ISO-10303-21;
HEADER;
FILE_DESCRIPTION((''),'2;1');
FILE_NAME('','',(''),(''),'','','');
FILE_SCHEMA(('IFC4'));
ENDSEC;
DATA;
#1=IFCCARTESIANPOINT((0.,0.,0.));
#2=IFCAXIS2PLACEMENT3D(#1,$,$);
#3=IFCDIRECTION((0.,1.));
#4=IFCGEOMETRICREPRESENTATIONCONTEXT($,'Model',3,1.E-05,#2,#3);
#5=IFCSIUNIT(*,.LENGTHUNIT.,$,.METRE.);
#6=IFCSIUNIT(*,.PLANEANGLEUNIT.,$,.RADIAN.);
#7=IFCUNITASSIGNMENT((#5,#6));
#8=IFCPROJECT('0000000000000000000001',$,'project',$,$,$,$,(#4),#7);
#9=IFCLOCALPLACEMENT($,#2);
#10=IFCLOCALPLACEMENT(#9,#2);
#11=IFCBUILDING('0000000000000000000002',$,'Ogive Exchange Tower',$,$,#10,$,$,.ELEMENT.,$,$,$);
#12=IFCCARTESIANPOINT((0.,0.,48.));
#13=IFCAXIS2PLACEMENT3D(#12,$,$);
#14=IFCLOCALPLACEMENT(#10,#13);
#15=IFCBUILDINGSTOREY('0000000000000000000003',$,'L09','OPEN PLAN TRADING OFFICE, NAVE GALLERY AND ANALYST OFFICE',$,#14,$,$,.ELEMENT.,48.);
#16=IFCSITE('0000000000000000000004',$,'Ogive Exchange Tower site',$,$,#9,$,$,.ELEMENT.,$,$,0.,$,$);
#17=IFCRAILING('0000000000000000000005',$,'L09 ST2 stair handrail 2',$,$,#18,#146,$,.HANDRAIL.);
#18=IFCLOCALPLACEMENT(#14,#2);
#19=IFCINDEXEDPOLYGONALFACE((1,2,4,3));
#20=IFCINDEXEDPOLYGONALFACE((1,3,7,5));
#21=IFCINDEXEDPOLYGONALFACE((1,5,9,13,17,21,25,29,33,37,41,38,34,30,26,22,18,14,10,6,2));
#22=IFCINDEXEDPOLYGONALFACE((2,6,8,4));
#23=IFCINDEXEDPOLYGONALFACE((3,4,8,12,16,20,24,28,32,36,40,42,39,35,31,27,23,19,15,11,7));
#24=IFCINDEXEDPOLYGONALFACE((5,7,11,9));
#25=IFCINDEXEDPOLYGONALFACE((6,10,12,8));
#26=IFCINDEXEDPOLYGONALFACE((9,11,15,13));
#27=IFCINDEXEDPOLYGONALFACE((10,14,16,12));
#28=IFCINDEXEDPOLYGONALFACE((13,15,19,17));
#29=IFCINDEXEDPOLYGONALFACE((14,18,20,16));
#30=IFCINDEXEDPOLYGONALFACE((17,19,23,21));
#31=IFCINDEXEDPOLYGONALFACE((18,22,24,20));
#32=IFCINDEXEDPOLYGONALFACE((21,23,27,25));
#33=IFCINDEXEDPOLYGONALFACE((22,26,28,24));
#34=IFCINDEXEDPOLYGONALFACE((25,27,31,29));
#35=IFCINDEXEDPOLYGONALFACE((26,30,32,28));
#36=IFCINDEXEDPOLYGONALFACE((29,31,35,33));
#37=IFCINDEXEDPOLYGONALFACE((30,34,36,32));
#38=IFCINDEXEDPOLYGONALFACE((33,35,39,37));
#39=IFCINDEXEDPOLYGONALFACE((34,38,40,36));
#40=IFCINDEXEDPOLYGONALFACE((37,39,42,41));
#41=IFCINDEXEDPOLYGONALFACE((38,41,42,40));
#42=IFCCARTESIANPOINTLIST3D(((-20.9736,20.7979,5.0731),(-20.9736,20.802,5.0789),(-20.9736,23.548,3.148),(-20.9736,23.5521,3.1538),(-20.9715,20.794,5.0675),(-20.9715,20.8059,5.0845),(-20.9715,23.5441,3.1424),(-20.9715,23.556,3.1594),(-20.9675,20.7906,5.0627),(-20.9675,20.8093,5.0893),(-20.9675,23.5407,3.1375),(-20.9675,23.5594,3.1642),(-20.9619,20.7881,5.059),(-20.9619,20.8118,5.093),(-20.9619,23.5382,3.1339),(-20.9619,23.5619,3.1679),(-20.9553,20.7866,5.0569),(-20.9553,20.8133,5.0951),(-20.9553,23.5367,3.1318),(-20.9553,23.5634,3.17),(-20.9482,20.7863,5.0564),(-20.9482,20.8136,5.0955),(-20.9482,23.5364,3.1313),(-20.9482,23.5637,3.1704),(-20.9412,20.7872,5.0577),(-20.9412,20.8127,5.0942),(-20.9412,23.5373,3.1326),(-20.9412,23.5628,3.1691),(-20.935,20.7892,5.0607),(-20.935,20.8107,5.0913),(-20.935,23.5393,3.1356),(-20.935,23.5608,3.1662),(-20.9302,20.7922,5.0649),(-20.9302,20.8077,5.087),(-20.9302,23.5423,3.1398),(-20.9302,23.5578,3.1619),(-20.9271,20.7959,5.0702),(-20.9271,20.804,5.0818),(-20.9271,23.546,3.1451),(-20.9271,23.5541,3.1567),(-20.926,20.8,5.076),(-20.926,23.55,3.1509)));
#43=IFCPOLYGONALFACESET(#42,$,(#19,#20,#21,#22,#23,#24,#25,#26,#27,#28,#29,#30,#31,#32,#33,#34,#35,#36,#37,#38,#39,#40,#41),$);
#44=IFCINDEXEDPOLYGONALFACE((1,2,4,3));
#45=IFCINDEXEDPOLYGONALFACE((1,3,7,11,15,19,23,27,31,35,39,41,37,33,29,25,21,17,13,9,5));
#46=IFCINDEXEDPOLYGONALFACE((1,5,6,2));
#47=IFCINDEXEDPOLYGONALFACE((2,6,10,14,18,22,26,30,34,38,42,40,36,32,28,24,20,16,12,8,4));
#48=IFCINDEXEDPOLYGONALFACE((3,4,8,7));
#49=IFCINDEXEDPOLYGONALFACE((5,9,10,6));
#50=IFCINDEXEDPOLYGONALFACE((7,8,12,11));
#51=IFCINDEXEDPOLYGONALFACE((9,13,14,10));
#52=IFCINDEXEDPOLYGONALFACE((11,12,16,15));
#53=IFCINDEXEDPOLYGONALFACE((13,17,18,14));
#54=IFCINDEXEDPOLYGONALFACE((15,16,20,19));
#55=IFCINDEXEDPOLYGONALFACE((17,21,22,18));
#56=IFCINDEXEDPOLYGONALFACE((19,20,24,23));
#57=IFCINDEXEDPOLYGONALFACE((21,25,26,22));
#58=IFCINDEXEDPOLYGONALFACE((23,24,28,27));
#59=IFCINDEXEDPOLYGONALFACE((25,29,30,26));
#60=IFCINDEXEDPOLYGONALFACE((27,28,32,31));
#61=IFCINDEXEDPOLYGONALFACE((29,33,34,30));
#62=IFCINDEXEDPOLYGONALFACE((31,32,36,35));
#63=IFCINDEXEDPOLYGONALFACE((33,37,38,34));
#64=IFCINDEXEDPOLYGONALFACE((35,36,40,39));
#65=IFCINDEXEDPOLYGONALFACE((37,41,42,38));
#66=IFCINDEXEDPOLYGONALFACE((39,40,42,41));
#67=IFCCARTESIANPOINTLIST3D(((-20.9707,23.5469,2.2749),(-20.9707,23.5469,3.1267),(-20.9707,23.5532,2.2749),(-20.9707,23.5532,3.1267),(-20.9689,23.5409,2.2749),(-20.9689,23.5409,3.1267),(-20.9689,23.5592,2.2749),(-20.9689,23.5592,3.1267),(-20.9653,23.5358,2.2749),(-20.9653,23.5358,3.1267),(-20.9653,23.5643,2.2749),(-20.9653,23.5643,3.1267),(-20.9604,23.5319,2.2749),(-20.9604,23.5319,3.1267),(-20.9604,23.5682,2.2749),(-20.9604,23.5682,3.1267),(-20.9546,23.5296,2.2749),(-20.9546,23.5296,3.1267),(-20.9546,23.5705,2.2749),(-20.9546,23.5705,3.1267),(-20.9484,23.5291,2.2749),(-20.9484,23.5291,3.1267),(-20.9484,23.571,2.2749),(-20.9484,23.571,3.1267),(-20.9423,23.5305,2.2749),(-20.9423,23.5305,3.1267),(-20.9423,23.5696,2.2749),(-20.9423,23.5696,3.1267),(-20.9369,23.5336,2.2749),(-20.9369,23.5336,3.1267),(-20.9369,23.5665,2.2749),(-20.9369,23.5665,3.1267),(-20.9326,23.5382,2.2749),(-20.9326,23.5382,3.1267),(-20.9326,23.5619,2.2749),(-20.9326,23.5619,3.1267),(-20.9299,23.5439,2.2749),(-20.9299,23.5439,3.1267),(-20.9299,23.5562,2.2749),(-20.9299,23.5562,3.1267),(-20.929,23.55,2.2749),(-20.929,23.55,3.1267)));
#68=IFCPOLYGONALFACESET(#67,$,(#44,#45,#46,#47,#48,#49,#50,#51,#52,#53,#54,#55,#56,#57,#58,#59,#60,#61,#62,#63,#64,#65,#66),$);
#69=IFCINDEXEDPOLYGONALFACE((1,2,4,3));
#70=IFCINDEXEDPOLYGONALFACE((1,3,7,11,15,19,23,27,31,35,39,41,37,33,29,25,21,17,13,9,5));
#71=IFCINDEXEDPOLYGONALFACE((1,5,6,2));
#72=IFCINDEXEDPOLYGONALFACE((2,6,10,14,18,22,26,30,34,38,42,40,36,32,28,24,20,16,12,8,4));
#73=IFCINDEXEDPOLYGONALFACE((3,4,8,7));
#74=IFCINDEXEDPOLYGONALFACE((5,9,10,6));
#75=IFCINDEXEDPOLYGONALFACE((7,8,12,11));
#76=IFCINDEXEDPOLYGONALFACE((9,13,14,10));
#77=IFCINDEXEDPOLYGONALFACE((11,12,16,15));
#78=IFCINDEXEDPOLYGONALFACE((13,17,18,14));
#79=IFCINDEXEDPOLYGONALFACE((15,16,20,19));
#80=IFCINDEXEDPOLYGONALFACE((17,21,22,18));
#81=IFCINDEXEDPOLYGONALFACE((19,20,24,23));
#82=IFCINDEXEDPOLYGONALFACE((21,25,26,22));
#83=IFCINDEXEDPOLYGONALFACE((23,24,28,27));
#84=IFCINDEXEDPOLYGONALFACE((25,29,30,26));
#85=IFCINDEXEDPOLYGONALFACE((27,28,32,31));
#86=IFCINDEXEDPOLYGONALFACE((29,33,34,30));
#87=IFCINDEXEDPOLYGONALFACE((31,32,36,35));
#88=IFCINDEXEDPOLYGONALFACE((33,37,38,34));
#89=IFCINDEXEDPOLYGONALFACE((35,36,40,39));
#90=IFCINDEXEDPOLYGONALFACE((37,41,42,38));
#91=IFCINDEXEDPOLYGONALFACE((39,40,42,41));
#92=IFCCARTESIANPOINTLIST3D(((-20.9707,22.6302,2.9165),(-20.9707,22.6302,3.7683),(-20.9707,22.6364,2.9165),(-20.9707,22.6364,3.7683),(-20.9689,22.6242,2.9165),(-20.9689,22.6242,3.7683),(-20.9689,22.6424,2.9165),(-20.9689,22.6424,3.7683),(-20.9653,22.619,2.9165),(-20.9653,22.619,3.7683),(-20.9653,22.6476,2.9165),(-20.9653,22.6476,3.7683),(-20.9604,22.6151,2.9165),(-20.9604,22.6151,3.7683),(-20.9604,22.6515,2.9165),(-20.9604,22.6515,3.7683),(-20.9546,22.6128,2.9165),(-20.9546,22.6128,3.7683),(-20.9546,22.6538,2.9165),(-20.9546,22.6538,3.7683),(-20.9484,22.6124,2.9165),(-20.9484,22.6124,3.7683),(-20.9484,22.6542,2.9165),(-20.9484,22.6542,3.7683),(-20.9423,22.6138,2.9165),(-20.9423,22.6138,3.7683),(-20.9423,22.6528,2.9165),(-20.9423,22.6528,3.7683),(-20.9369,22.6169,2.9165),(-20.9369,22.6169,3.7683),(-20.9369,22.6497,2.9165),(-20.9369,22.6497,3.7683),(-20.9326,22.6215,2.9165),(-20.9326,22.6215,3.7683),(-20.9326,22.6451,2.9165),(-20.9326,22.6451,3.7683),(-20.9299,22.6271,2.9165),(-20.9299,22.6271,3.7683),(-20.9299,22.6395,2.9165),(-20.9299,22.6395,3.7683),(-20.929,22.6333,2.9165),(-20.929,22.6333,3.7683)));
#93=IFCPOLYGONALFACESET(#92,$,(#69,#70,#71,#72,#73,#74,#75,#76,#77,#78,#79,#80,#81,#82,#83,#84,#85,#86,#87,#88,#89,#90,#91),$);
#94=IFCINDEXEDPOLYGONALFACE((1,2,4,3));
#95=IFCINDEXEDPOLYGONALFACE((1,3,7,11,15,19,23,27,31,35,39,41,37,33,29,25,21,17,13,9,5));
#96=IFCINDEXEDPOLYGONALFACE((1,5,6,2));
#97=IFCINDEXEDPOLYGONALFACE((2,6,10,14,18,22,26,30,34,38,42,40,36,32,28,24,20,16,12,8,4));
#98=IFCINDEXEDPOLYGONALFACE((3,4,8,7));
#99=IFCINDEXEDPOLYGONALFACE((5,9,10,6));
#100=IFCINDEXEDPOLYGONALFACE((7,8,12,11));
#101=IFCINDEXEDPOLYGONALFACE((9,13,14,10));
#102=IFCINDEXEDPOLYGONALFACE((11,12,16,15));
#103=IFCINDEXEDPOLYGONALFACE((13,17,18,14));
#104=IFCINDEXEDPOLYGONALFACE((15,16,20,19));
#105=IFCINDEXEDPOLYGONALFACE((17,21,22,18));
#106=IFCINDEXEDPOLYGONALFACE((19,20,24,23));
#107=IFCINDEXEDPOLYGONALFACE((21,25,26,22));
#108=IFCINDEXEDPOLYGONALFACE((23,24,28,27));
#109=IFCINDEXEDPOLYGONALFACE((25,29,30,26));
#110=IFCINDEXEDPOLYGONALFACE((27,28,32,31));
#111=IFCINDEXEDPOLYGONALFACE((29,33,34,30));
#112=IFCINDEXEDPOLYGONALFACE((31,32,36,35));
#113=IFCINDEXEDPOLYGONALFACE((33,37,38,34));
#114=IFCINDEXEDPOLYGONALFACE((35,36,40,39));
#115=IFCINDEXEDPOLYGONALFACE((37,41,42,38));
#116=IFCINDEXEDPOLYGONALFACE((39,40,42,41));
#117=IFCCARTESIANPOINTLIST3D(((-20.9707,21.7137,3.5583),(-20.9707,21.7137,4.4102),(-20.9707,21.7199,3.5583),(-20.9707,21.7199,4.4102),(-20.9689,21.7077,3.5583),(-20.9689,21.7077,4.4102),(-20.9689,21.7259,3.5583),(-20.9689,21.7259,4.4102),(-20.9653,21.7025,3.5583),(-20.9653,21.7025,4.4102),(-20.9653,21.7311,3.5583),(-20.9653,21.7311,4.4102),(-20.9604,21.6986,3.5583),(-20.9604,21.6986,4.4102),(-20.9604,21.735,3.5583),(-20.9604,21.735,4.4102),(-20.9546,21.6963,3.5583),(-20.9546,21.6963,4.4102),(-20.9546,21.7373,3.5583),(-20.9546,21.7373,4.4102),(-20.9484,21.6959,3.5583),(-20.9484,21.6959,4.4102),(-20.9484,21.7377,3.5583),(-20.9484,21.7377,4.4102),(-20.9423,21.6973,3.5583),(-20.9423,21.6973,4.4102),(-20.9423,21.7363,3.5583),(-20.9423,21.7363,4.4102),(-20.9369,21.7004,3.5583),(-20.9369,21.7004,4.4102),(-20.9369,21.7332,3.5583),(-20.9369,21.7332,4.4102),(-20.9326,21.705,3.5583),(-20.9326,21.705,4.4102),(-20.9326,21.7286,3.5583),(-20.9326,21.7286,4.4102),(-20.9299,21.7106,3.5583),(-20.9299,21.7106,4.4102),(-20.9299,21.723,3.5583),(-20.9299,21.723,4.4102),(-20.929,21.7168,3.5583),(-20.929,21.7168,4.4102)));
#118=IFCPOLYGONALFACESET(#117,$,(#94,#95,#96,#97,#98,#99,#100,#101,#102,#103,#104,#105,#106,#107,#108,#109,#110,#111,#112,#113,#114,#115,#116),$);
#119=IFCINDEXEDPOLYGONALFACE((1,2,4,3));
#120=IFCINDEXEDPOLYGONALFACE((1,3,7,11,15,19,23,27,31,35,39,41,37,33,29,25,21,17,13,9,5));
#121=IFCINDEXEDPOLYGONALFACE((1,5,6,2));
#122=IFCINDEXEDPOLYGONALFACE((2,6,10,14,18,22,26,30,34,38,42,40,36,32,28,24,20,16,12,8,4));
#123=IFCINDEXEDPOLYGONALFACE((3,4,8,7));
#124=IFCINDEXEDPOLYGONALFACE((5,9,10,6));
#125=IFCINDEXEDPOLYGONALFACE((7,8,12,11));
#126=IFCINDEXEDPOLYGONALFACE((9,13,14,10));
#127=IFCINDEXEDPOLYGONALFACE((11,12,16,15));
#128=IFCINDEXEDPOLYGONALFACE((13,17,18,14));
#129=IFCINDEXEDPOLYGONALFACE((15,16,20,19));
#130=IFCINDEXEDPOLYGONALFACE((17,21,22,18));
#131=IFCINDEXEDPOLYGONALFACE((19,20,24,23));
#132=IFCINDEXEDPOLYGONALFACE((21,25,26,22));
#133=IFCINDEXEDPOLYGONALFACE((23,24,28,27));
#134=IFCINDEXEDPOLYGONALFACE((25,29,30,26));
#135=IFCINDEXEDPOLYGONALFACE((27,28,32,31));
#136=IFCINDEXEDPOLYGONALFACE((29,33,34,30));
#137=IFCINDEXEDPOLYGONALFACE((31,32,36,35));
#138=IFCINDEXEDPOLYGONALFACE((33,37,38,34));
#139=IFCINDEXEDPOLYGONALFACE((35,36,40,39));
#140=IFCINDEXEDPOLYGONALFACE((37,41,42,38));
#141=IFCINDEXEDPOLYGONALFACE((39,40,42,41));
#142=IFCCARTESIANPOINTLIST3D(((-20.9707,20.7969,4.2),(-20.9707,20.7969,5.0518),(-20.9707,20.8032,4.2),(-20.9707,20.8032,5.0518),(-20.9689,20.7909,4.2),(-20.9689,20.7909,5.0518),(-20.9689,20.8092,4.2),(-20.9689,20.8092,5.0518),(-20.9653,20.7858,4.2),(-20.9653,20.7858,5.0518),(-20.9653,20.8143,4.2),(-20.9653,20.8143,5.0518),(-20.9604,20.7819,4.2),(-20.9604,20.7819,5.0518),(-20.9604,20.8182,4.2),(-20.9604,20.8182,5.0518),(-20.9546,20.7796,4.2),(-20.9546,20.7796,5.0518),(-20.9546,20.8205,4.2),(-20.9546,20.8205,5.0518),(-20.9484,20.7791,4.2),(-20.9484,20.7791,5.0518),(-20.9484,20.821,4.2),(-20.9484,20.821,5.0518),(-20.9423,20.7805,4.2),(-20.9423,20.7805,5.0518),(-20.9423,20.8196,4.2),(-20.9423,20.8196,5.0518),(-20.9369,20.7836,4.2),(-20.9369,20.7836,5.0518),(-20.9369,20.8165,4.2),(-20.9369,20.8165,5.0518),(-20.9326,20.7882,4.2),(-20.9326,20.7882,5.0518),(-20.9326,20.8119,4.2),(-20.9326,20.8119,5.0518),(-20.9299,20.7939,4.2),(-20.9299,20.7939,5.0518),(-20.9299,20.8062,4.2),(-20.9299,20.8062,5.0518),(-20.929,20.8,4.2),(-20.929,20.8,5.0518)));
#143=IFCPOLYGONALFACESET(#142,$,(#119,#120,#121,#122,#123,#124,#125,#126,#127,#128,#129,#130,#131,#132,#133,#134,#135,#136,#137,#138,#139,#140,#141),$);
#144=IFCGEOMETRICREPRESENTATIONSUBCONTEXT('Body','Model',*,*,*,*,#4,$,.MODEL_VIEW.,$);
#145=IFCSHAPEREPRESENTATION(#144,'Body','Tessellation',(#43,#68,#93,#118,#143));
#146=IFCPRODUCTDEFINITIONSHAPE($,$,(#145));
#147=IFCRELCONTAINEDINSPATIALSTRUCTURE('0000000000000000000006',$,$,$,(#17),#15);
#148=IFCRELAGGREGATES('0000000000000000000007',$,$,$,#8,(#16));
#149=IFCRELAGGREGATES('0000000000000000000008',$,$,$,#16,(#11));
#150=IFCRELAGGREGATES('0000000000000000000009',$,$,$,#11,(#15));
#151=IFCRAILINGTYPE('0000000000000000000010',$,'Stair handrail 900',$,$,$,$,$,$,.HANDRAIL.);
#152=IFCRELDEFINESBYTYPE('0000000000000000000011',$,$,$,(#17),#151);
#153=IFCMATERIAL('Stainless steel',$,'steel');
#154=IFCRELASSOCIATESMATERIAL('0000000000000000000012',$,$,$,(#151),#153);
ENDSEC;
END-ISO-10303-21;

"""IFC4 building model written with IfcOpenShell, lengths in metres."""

from ifc_helpers import new_model, si_unit, direction, frame, origin, origin_2d, place, context, subcontext, project, spatial, circle, extrude, material, type_object, element, save


model = new_model("IFC4")

# Units and contexts
model_context = context("Model", 3, precision=1e-05, world=origin(), true_north=direction((0.0, 1.0)))
body_context = subcontext(model_context, "Body", "Model", "MODEL_VIEW")
ifc_project = project(units=[si_unit("LENGTHUNIT", "METRE"), si_unit("PLANEANGLEUNIT", "RADIAN")], contexts=[model_context])

# Site, building, storey
site_placement = place(None, origin())
site = spatial("IfcSite", under=ifc_project, at=site_placement, Name="Ogive Exchange Tower site", CompositionType="ELEMENT", RefElevation=0.0)
building_placement = place(site_placement, origin())
building = spatial("IfcBuilding", under=site, at=building_placement, Name="Ogive Exchange Tower", CompositionType="ELEMENT")
storey_placement = place(building_placement, frame((0.0, 0.0, 48.0)))
storey = spatial("IfcBuildingStorey", under=building, at=storey_placement, Name="L09", Description="OPEN PLAN TRADING OFFICE, NAVE GALLERY AND ANALYST OFFICE", CompositionType="ELEMENT", Elevation=48.0)

# Railing
ifc_material_1 = material(Name="Stainless steel", Category="steel")
railing_type = type_object("IfcRailingType", Name="Stair handrail 900", PredefinedType="HANDRAIL", material=ifc_material_1)
railing_1_placement = place(storey_placement, frame((-20.95, 23.55, 2.2749)))
element("IfcRailing", 1, at=railing_1_placement, inside=storey, type_object=railing_type, Name="L09 ST2 stair handrail 2", PredefinedType="HANDRAIL", context=body_context, shape_type="SweptSolid", body=[
    extrude(circle(Radius=0.0239, at=origin_2d()), frame((0.0, 0.0, 0.876), z_axis=(0.0, -0.819225, 0.573472), x_axis=(1.0, 0.0, 0.0)), (0.0, 0.0, 1.0), 3.3569),
    extrude(circle(Radius=0.021, at=origin_2d()), origin(), (0.0, 0.0, 1.0), 0.8518),
    extrude(circle(Radius=0.021, at=origin_2d()), frame((0.0, -0.9167, 0.6416)), (0.0, 0.0, 1.0), 0.8518),
    extrude(circle(Radius=0.021, at=origin_2d()), frame((0.0, -1.8333, 1.2834)), (0.0, 0.0, 1.0), 0.8518),
    extrude(circle(Radius=0.021, at=origin_2d()), frame((0.0, -2.75, 1.925)), (0.0, 0.0, 1.0), 0.8518),
])

save(model, "model.ifc")
